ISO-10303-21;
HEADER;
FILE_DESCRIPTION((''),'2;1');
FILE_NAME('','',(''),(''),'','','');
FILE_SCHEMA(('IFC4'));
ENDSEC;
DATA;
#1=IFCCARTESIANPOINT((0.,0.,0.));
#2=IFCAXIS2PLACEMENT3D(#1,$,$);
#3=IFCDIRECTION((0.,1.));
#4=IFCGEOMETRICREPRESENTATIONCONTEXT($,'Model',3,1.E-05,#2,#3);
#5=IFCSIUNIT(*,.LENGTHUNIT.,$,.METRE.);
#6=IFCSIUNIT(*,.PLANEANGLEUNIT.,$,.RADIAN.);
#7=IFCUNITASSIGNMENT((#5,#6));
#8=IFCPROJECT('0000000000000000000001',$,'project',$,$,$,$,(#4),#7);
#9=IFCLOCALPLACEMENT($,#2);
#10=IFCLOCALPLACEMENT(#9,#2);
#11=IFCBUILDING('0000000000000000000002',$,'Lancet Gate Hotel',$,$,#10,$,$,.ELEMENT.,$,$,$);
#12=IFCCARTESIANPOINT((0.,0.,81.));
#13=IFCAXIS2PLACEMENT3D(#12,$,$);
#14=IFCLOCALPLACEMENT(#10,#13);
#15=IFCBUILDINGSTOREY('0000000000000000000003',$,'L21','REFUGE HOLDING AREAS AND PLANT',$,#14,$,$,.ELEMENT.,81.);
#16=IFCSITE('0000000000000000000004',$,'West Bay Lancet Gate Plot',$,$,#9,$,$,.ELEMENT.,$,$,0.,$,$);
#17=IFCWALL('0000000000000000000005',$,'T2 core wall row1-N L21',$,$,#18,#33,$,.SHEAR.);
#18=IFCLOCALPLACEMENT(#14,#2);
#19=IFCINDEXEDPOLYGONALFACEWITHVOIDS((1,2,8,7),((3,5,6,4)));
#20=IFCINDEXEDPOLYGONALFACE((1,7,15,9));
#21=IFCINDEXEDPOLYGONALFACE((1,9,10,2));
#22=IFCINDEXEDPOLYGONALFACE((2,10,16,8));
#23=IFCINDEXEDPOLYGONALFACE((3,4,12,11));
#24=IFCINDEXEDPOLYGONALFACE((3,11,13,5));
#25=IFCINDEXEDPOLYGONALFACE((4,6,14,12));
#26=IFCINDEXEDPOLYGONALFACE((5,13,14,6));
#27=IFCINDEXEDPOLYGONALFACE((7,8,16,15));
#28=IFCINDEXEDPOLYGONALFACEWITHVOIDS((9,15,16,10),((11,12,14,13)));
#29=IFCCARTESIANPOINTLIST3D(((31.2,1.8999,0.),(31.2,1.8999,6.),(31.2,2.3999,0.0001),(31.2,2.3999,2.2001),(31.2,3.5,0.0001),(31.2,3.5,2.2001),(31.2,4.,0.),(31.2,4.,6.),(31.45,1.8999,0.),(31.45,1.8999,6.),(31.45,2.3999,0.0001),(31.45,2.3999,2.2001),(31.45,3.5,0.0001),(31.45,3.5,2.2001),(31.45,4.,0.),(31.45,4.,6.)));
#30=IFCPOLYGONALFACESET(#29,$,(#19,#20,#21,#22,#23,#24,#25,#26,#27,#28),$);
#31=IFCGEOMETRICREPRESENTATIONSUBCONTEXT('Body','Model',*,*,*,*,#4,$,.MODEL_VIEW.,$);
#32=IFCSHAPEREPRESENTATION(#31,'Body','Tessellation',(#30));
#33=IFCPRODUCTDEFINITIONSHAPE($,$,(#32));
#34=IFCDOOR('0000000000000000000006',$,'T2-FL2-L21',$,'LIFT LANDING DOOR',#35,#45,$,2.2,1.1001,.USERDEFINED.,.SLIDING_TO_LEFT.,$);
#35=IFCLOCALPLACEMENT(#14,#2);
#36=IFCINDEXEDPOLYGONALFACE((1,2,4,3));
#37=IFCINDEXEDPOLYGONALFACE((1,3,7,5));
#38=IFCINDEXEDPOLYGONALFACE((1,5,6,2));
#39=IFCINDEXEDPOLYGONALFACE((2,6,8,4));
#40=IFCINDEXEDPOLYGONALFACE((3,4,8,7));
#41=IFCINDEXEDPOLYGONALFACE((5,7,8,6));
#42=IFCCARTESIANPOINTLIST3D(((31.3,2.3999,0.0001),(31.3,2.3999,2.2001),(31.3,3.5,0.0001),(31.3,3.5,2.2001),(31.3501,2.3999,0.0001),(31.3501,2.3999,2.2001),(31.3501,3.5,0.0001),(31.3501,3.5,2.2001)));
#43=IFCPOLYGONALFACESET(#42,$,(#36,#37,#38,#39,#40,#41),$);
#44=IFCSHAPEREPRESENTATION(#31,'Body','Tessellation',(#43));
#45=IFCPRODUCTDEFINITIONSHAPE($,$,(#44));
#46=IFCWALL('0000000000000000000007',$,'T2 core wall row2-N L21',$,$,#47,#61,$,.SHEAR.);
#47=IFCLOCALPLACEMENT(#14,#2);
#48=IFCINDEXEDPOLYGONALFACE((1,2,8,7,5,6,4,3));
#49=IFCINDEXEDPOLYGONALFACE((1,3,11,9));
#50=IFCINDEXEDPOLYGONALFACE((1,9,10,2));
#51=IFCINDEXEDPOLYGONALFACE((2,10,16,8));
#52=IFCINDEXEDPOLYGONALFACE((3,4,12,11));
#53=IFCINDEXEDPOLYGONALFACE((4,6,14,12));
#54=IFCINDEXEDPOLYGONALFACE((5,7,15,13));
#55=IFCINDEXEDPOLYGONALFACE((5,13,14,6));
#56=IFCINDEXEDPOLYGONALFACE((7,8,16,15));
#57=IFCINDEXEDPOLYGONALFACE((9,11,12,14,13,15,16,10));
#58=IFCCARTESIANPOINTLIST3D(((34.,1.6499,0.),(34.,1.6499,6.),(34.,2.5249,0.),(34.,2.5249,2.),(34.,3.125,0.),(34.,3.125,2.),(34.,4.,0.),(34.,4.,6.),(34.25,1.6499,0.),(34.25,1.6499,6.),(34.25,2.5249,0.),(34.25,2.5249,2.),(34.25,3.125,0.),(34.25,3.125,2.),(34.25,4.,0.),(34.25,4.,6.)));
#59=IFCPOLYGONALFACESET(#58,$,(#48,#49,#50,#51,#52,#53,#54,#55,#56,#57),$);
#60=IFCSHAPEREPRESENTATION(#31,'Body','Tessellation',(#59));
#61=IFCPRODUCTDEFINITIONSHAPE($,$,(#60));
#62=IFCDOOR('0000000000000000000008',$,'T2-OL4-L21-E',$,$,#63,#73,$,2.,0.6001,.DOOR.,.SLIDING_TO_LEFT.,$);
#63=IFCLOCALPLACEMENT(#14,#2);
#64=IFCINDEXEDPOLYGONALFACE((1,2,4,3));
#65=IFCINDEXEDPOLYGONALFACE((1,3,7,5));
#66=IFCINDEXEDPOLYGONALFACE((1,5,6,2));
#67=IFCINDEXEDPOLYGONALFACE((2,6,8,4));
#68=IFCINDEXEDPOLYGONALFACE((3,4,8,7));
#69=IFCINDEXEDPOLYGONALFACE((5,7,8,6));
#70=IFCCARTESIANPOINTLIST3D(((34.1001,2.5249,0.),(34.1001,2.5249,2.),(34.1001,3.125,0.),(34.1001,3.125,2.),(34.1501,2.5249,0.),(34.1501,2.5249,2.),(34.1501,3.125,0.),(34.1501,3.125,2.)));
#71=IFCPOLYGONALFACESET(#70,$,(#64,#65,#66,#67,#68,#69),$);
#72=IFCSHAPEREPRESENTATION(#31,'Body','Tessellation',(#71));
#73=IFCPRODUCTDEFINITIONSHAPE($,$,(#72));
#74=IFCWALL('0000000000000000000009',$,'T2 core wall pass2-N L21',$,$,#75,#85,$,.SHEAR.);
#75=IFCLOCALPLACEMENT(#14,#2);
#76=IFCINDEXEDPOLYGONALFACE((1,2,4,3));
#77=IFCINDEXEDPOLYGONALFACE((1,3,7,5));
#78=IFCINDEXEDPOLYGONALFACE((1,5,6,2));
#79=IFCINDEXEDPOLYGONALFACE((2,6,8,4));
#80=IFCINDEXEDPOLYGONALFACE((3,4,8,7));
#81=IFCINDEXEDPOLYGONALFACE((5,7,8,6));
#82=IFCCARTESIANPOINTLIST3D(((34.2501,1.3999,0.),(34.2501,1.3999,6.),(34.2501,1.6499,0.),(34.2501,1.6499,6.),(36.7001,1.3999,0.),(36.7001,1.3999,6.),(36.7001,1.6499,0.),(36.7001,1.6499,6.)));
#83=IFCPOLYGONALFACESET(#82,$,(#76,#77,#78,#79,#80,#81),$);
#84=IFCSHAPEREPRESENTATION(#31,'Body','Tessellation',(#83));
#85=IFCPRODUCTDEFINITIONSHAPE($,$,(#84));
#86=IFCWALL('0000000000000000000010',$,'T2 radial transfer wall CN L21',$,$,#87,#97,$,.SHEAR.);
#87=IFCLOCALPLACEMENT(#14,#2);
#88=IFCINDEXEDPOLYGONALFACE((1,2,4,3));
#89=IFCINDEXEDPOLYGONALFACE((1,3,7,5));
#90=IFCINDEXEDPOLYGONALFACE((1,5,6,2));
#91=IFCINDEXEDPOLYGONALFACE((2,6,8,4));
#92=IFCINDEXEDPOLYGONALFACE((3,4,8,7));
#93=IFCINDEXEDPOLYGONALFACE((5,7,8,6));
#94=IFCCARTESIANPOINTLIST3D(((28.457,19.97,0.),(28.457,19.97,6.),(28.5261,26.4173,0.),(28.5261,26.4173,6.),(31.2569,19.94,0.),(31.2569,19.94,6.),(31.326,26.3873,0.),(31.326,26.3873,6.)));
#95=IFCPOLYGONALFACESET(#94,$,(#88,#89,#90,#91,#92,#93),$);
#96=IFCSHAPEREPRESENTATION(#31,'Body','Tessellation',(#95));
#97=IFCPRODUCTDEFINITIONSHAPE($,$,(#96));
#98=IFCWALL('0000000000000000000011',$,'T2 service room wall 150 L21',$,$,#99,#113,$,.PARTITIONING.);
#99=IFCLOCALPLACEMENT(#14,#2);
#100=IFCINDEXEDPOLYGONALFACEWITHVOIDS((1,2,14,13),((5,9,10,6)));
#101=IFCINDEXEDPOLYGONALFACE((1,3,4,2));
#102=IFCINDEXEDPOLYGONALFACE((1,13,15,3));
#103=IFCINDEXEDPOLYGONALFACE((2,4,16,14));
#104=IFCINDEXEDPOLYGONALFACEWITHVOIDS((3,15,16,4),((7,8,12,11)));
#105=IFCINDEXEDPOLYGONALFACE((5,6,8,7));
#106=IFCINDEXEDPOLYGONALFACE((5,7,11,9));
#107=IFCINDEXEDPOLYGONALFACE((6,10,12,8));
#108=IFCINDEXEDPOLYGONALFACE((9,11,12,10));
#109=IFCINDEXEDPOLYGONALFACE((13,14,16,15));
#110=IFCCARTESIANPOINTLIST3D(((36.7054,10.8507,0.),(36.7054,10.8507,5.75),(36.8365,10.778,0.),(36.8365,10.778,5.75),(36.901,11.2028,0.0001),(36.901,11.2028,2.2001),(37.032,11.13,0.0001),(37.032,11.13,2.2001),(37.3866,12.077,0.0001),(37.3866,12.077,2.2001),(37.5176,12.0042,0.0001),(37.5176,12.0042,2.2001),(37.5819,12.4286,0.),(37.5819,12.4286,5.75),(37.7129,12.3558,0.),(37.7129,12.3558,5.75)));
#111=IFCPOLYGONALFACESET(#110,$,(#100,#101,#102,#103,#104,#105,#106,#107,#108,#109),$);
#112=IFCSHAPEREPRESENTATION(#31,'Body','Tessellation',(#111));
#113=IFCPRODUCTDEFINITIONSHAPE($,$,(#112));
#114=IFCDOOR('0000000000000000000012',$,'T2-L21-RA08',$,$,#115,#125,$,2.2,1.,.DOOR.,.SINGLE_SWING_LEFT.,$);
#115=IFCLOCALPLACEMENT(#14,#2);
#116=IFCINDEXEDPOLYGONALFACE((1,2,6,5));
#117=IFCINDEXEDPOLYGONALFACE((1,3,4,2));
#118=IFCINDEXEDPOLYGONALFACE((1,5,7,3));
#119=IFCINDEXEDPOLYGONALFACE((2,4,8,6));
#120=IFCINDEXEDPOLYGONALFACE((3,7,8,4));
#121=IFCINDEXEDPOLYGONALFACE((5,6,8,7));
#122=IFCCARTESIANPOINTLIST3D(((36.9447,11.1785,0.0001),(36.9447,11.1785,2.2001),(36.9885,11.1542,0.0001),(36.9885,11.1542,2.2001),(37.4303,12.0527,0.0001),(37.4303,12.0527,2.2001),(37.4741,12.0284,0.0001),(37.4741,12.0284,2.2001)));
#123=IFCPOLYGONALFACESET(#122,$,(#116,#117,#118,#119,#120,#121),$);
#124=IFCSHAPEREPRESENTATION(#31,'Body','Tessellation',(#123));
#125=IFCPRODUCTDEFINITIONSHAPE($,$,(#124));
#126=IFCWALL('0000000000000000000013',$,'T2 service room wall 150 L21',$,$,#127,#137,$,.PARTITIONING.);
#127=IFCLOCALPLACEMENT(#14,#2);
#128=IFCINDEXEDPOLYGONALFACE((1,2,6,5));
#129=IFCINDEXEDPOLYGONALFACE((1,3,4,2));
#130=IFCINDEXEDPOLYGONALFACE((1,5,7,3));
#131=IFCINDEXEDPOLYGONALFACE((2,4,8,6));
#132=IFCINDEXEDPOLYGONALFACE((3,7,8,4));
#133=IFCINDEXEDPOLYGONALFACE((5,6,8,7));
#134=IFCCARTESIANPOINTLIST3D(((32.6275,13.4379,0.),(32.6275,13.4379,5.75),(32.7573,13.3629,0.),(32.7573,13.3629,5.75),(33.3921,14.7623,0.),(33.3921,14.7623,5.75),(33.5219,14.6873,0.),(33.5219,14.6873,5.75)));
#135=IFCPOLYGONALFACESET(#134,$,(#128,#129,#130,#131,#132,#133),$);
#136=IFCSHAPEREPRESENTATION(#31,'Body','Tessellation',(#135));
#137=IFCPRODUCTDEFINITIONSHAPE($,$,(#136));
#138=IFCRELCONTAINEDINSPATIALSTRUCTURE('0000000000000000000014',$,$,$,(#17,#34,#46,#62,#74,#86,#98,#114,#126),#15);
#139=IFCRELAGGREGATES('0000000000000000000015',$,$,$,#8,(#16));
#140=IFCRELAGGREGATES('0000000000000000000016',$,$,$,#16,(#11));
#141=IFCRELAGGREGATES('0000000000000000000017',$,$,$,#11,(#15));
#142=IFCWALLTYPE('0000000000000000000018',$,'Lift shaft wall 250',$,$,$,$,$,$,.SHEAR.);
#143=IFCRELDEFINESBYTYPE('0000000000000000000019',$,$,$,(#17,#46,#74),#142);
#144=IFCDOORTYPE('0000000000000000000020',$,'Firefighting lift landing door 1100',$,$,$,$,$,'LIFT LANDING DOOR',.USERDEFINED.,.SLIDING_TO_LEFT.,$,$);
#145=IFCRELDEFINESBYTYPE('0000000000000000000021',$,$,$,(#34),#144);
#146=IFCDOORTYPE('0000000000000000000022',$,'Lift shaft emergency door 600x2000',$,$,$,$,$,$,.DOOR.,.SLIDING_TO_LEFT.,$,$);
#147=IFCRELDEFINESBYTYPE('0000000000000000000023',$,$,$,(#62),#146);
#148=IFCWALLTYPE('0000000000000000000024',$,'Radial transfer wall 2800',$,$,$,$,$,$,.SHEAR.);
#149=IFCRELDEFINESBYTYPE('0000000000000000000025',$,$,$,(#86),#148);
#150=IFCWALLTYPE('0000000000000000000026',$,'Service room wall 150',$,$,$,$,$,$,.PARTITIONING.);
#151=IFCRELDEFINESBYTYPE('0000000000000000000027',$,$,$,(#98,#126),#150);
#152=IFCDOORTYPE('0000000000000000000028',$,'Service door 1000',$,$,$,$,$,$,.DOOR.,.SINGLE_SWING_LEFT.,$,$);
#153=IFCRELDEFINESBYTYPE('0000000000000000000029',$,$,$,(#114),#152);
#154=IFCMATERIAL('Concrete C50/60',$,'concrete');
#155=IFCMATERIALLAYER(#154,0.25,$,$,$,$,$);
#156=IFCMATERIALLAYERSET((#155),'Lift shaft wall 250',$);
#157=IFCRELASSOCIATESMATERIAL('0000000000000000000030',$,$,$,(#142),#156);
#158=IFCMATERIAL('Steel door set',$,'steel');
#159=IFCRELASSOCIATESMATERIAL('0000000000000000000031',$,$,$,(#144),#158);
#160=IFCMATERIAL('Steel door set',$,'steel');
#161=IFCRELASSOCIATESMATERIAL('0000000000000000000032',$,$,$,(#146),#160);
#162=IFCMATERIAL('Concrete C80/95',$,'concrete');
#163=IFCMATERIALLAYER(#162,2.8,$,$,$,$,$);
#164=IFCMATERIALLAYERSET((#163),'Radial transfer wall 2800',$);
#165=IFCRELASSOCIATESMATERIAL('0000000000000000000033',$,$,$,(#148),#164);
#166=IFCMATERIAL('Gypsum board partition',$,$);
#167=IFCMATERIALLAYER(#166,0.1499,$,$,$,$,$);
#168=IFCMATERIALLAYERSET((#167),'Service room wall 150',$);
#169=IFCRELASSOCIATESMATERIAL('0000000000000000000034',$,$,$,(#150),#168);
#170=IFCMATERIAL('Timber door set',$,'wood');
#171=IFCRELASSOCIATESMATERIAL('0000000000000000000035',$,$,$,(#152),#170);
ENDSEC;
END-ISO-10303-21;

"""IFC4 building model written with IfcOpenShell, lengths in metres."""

from ifc_helpers import new_model, si_unit, direction, frame, frame_2d, origin, place, context, subcontext, project, spatial, rectangle, extrude, material, layer, layer_set, type_object, element, fill, save


model = new_model("IFC4")

# Units and contexts
model_context = context("Model", 3, precision=1e-05, world=origin(), true_north=direction((0.0, 1.0)))
body_context = subcontext(model_context, "Body", "Model", "MODEL_VIEW")
ifc_project = project(units=[si_unit("LENGTHUNIT", "METRE"), si_unit("PLANEANGLEUNIT", "RADIAN")], contexts=[model_context])

# Site, building, storey
site_placement = place(None, origin())
site = spatial("IfcSite", under=ifc_project, at=site_placement, Name="West Bay Lancet Gate Plot", CompositionType="ELEMENT", RefElevation=0.0)
building_placement = place(site_placement, origin())
building = spatial("IfcBuilding", under=site, at=building_placement, Name="Lancet Gate Hotel", CompositionType="ELEMENT")
storey_placement = place(building_placement, frame((0.0, 0.0, 81.0)))
storey = spatial("IfcBuildingStorey", under=building, at=storey_placement, Name="L21", Description="REFUGE HOLDING AREAS AND PLANT", CompositionType="ELEMENT", Elevation=81.0)

# Walls, openings, doors
ifc_material_1 = material(Name="Concrete C50/60", Category="concrete")
ifc_layer_1 = layer(ifc_material_1, 0.25)
ifc_layer_set_1 = layer_set([ifc_layer_1], Name="Lift shaft wall 250")
wall_type_1 = type_object("IfcWallType", Name="Lift shaft wall 250", PredefinedType="SHEAR", material=ifc_layer_set_1)
wall_1_placement = place(storey_placement, frame((31.325, 1.8999, 0.0), z_axis=(0.0, 0.0, 1.0), x_axis=(0.0, 1.0, 0.0)))
wall_1 = element("IfcWall", 1, at=wall_1_placement, inside=storey, type_object=wall_type_1, Name="T2 core wall row1-N L21", PredefinedType="SHEAR", context=body_context, shape_type="SweptSolid", body=[
    extrude(rectangle(XDim=2.1001, YDim=0.25, at=frame_2d((1.05, 0.0))), origin(), (0.0, 0.0, 1.0), 6.0),
])
opening_1_placement = place(wall_1_placement, frame((0.5, 0.0, 0.0)))
opening_1 = element("IfcOpeningElement", 2, at=opening_1_placement, cuts=wall_1, PredefinedType="OPENING", context=body_context, shape_type="SweptSolid", body=[
    extrude(rectangle(XDim=1.1001, YDim=2.2, at=frame_2d((0.55, 1.1001))), frame((0.0, 0.135, 0.0), z_axis=(0.0, -1.0, 0.0), x_axis=(1.0, 0.0, 0.0)), (0.0, 0.0, 1.0), 0.27),
])
ifc_material_2 = material(Name="Steel door set", Category="steel")
door_type_1 = type_object("IfcDoorType", Name="Firefighting lift landing door 1100", ElementType="LIFT LANDING DOOR", OperationType="SLIDING_TO_LEFT", PredefinedType="USERDEFINED", material=ifc_material_2)
door_1_placement = place(opening_1_placement, origin())
door_1 = element("IfcDoor", 3, at=door_1_placement, inside=storey, type_object=door_type_1, Name="T2-FL2-L21", ObjectType="LIFT LANDING DOOR", OperationType="SLIDING_TO_LEFT", OverallHeight=2.2, OverallWidth=1.1001, PredefinedType="USERDEFINED", context=body_context, shape_type="SweptSolid", body=[
    extrude(rectangle(XDim=1.1001, YDim=2.2, at=frame_2d((0.55, 1.1001))), frame((0.0, 0.0249, 0.0), z_axis=(0.0, -1.0, 0.0), x_axis=(1.0, 0.0, 0.0)), (0.0, 0.0, 1.0), 0.05),
])
fill(opening_1, door_1)
wall_2_placement = place(storey_placement, frame((34.125, 1.6499, 0.0), z_axis=(0.0, 0.0, 1.0), x_axis=(0.0, 1.0, 0.0)))
wall_2 = element("IfcWall", 4, at=wall_2_placement, inside=storey, type_object=wall_type_1, Name="T2 core wall row2-N L21", PredefinedType="SHEAR", context=body_context, shape_type="SweptSolid", body=[
    extrude(rectangle(XDim=2.3501, YDim=0.25, at=frame_2d((1.175, 0.0))), origin(), (0.0, 0.0, 1.0), 6.0),
])
opening_2_placement = place(wall_2_placement, frame((0.875, 0.0, 0.0)))
opening_2 = element("IfcOpeningElement", 5, at=opening_2_placement, cuts=wall_2, PredefinedType="OPENING", context=body_context, shape_type="SweptSolid", body=[
    extrude(rectangle(XDim=0.6001, YDim=2.0, at=frame_2d((0.3, 1.0))), frame((0.0, 0.135, 0.0), z_axis=(0.0, -1.0, 0.0), x_axis=(1.0, 0.0, 0.0)), (0.0, 0.0, 1.0), 0.27),
])
ifc_material_3 = material(Name="Steel door set", Category="steel")
door_type_2 = type_object("IfcDoorType", Name="Lift shaft emergency door 600x2000", OperationType="SLIDING_TO_LEFT", PredefinedType="DOOR", material=ifc_material_3)
door_2_placement = place(opening_2_placement, origin())
door_2 = element("IfcDoor", 6, at=door_2_placement, inside=storey, type_object=door_type_2, Name="T2-OL4-L21-E", OperationType="SLIDING_TO_LEFT", OverallHeight=2.0, OverallWidth=0.6001, PredefinedType="DOOR", context=body_context, shape_type="SweptSolid", body=[
    extrude(rectangle(XDim=0.6001, YDim=2.0, at=frame_2d((0.3, 1.0))), frame((0.0, 0.0249, 0.0), z_axis=(0.0, -1.0, 0.0), x_axis=(1.0, 0.0, 0.0)), (0.0, 0.0, 1.0), 0.05),
])
fill(opening_2, door_2)

# Walls
wall_3_placement = place(storey_placement, frame((34.25, 1.5249, 0.0), z_axis=(0.0, 0.0, 1.0), x_axis=(1.0, 0.0, 0.0)))
element("IfcWall", 7, at=wall_3_placement, inside=storey, type_object=wall_type_1, Name="T2 core wall pass2-N L21", PredefinedType="SHEAR", context=body_context, shape_type="SweptSolid", body=[
    extrude(rectangle(XDim=2.45, YDim=0.25, at=frame_2d((1.2251, 0.0))), origin(), (0.0, 0.0, 1.0), 6.0),
])
ifc_material_4 = material(Name="Concrete C80/95", Category="concrete")
ifc_layer_2 = layer(ifc_material_4, 2.8)
ifc_layer_set_2 = layer_set([ifc_layer_2], Name="Radial transfer wall 2800")
wall_type_2 = type_object("IfcWallType", Name="Radial transfer wall 2800", PredefinedType="SHEAR", material=ifc_layer_set_2)
wall_4_placement = place(storey_placement, frame((29.926, 26.4023, 0.0), z_axis=(0.0, 0.0, 1.0), x_axis=(-0.010716, -0.999943, 0.0)))
element("IfcWall", 8, at=wall_4_placement, inside=storey, type_object=wall_type_2, Name="T2 radial transfer wall CN L21", PredefinedType="SHEAR", context=body_context, shape_type="SweptSolid", body=[
    extrude(rectangle(XDim=6.4478, YDim=2.8, at=frame_2d((3.2239, 0.0))), origin(), (0.0, 0.0, 1.0), 6.0),
])

# Wall, opening, door
ifc_material_5 = material(Name="Gypsum board partition")
ifc_layer_3 = layer(ifc_material_5, 0.1499)
ifc_layer_set_3 = layer_set([ifc_layer_3], Name="Service room wall 150")
wall_type_3 = type_object("IfcWallType", Name="Service room wall 150", PredefinedType="PARTITIONING", material=ifc_layer_set_3)
wall_5_placement = place(storey_placement, frame((36.771, 10.8145, 0.0), z_axis=(0.0, 0.0, 1.0), x_axis=(0.485586, 0.874189, 0.0)))
wall_5 = element("IfcWall", 9, at=wall_5_placement, inside=storey, type_object=wall_type_3, Name="T2 service room wall 150 L21", PredefinedType="PARTITIONING", context=body_context, shape_type="SweptSolid", body=[
    extrude(rectangle(XDim=1.8049, YDim=0.1499, at=frame_2d((0.9023, 0.0))), origin(), (0.0, 0.0, 1.0), 5.75),
])
opening_3_placement = place(wall_5_placement, frame((0.4026, 0.0, 0.0)))
opening_3 = element("IfcOpeningElement", 10, at=opening_3_placement, cuts=wall_5, PredefinedType="OPENING", context=body_context, shape_type="SweptSolid", body=[
    extrude(rectangle(XDim=1.0, YDim=2.2, at=frame_2d((0.5, 1.1001))), frame((0.0, 0.085, 0.0), z_axis=(0.0, -1.0, 0.0), x_axis=(1.0, 0.0, 0.0)), (0.0, 0.0, 1.0), 0.1699),
])
ifc_material_6 = material(Name="Timber door set", Category="wood")
door_type_3 = type_object("IfcDoorType", Name="Service door 1000", OperationType="SINGLE_SWING_LEFT", PredefinedType="DOOR", material=ifc_material_6)
door_3_placement = place(opening_3_placement, origin())
door_3 = element("IfcDoor", 11, at=door_3_placement, inside=storey, type_object=door_type_3, Name="T2-L21-RA08", OperationType="SINGLE_SWING_LEFT", OverallHeight=2.2, OverallWidth=1.0, PredefinedType="DOOR", context=body_context, shape_type="SweptSolid", body=[
    extrude(rectangle(XDim=1.0, YDim=2.2, at=frame_2d((0.5, 1.1001))), frame((0.0, 0.0249, 0.0), z_axis=(0.0, -1.0, 0.0), x_axis=(1.0, 0.0, 0.0)), (0.0, 0.0, 1.0), 0.05),
])
fill(opening_3, door_3)

# Wall
wall_6_placement = place(storey_placement, frame((32.6924, 13.4004, 0.0), z_axis=(0.0, 0.0, 1.0), x_axis=(0.499985, 0.866034, 0.0)))
element("IfcWall", 12, at=wall_6_placement, inside=storey, type_object=wall_type_3, Name="T2 service room wall 150 L21", PredefinedType="PARTITIONING", context=body_context, shape_type="SweptSolid", body=[
    extrude(rectangle(XDim=1.5293, YDim=0.1499, at=frame_2d((0.7646, 0.0))), origin(), (0.0, 0.0, 1.0), 5.75),
])

save(model, "model.ifc")
